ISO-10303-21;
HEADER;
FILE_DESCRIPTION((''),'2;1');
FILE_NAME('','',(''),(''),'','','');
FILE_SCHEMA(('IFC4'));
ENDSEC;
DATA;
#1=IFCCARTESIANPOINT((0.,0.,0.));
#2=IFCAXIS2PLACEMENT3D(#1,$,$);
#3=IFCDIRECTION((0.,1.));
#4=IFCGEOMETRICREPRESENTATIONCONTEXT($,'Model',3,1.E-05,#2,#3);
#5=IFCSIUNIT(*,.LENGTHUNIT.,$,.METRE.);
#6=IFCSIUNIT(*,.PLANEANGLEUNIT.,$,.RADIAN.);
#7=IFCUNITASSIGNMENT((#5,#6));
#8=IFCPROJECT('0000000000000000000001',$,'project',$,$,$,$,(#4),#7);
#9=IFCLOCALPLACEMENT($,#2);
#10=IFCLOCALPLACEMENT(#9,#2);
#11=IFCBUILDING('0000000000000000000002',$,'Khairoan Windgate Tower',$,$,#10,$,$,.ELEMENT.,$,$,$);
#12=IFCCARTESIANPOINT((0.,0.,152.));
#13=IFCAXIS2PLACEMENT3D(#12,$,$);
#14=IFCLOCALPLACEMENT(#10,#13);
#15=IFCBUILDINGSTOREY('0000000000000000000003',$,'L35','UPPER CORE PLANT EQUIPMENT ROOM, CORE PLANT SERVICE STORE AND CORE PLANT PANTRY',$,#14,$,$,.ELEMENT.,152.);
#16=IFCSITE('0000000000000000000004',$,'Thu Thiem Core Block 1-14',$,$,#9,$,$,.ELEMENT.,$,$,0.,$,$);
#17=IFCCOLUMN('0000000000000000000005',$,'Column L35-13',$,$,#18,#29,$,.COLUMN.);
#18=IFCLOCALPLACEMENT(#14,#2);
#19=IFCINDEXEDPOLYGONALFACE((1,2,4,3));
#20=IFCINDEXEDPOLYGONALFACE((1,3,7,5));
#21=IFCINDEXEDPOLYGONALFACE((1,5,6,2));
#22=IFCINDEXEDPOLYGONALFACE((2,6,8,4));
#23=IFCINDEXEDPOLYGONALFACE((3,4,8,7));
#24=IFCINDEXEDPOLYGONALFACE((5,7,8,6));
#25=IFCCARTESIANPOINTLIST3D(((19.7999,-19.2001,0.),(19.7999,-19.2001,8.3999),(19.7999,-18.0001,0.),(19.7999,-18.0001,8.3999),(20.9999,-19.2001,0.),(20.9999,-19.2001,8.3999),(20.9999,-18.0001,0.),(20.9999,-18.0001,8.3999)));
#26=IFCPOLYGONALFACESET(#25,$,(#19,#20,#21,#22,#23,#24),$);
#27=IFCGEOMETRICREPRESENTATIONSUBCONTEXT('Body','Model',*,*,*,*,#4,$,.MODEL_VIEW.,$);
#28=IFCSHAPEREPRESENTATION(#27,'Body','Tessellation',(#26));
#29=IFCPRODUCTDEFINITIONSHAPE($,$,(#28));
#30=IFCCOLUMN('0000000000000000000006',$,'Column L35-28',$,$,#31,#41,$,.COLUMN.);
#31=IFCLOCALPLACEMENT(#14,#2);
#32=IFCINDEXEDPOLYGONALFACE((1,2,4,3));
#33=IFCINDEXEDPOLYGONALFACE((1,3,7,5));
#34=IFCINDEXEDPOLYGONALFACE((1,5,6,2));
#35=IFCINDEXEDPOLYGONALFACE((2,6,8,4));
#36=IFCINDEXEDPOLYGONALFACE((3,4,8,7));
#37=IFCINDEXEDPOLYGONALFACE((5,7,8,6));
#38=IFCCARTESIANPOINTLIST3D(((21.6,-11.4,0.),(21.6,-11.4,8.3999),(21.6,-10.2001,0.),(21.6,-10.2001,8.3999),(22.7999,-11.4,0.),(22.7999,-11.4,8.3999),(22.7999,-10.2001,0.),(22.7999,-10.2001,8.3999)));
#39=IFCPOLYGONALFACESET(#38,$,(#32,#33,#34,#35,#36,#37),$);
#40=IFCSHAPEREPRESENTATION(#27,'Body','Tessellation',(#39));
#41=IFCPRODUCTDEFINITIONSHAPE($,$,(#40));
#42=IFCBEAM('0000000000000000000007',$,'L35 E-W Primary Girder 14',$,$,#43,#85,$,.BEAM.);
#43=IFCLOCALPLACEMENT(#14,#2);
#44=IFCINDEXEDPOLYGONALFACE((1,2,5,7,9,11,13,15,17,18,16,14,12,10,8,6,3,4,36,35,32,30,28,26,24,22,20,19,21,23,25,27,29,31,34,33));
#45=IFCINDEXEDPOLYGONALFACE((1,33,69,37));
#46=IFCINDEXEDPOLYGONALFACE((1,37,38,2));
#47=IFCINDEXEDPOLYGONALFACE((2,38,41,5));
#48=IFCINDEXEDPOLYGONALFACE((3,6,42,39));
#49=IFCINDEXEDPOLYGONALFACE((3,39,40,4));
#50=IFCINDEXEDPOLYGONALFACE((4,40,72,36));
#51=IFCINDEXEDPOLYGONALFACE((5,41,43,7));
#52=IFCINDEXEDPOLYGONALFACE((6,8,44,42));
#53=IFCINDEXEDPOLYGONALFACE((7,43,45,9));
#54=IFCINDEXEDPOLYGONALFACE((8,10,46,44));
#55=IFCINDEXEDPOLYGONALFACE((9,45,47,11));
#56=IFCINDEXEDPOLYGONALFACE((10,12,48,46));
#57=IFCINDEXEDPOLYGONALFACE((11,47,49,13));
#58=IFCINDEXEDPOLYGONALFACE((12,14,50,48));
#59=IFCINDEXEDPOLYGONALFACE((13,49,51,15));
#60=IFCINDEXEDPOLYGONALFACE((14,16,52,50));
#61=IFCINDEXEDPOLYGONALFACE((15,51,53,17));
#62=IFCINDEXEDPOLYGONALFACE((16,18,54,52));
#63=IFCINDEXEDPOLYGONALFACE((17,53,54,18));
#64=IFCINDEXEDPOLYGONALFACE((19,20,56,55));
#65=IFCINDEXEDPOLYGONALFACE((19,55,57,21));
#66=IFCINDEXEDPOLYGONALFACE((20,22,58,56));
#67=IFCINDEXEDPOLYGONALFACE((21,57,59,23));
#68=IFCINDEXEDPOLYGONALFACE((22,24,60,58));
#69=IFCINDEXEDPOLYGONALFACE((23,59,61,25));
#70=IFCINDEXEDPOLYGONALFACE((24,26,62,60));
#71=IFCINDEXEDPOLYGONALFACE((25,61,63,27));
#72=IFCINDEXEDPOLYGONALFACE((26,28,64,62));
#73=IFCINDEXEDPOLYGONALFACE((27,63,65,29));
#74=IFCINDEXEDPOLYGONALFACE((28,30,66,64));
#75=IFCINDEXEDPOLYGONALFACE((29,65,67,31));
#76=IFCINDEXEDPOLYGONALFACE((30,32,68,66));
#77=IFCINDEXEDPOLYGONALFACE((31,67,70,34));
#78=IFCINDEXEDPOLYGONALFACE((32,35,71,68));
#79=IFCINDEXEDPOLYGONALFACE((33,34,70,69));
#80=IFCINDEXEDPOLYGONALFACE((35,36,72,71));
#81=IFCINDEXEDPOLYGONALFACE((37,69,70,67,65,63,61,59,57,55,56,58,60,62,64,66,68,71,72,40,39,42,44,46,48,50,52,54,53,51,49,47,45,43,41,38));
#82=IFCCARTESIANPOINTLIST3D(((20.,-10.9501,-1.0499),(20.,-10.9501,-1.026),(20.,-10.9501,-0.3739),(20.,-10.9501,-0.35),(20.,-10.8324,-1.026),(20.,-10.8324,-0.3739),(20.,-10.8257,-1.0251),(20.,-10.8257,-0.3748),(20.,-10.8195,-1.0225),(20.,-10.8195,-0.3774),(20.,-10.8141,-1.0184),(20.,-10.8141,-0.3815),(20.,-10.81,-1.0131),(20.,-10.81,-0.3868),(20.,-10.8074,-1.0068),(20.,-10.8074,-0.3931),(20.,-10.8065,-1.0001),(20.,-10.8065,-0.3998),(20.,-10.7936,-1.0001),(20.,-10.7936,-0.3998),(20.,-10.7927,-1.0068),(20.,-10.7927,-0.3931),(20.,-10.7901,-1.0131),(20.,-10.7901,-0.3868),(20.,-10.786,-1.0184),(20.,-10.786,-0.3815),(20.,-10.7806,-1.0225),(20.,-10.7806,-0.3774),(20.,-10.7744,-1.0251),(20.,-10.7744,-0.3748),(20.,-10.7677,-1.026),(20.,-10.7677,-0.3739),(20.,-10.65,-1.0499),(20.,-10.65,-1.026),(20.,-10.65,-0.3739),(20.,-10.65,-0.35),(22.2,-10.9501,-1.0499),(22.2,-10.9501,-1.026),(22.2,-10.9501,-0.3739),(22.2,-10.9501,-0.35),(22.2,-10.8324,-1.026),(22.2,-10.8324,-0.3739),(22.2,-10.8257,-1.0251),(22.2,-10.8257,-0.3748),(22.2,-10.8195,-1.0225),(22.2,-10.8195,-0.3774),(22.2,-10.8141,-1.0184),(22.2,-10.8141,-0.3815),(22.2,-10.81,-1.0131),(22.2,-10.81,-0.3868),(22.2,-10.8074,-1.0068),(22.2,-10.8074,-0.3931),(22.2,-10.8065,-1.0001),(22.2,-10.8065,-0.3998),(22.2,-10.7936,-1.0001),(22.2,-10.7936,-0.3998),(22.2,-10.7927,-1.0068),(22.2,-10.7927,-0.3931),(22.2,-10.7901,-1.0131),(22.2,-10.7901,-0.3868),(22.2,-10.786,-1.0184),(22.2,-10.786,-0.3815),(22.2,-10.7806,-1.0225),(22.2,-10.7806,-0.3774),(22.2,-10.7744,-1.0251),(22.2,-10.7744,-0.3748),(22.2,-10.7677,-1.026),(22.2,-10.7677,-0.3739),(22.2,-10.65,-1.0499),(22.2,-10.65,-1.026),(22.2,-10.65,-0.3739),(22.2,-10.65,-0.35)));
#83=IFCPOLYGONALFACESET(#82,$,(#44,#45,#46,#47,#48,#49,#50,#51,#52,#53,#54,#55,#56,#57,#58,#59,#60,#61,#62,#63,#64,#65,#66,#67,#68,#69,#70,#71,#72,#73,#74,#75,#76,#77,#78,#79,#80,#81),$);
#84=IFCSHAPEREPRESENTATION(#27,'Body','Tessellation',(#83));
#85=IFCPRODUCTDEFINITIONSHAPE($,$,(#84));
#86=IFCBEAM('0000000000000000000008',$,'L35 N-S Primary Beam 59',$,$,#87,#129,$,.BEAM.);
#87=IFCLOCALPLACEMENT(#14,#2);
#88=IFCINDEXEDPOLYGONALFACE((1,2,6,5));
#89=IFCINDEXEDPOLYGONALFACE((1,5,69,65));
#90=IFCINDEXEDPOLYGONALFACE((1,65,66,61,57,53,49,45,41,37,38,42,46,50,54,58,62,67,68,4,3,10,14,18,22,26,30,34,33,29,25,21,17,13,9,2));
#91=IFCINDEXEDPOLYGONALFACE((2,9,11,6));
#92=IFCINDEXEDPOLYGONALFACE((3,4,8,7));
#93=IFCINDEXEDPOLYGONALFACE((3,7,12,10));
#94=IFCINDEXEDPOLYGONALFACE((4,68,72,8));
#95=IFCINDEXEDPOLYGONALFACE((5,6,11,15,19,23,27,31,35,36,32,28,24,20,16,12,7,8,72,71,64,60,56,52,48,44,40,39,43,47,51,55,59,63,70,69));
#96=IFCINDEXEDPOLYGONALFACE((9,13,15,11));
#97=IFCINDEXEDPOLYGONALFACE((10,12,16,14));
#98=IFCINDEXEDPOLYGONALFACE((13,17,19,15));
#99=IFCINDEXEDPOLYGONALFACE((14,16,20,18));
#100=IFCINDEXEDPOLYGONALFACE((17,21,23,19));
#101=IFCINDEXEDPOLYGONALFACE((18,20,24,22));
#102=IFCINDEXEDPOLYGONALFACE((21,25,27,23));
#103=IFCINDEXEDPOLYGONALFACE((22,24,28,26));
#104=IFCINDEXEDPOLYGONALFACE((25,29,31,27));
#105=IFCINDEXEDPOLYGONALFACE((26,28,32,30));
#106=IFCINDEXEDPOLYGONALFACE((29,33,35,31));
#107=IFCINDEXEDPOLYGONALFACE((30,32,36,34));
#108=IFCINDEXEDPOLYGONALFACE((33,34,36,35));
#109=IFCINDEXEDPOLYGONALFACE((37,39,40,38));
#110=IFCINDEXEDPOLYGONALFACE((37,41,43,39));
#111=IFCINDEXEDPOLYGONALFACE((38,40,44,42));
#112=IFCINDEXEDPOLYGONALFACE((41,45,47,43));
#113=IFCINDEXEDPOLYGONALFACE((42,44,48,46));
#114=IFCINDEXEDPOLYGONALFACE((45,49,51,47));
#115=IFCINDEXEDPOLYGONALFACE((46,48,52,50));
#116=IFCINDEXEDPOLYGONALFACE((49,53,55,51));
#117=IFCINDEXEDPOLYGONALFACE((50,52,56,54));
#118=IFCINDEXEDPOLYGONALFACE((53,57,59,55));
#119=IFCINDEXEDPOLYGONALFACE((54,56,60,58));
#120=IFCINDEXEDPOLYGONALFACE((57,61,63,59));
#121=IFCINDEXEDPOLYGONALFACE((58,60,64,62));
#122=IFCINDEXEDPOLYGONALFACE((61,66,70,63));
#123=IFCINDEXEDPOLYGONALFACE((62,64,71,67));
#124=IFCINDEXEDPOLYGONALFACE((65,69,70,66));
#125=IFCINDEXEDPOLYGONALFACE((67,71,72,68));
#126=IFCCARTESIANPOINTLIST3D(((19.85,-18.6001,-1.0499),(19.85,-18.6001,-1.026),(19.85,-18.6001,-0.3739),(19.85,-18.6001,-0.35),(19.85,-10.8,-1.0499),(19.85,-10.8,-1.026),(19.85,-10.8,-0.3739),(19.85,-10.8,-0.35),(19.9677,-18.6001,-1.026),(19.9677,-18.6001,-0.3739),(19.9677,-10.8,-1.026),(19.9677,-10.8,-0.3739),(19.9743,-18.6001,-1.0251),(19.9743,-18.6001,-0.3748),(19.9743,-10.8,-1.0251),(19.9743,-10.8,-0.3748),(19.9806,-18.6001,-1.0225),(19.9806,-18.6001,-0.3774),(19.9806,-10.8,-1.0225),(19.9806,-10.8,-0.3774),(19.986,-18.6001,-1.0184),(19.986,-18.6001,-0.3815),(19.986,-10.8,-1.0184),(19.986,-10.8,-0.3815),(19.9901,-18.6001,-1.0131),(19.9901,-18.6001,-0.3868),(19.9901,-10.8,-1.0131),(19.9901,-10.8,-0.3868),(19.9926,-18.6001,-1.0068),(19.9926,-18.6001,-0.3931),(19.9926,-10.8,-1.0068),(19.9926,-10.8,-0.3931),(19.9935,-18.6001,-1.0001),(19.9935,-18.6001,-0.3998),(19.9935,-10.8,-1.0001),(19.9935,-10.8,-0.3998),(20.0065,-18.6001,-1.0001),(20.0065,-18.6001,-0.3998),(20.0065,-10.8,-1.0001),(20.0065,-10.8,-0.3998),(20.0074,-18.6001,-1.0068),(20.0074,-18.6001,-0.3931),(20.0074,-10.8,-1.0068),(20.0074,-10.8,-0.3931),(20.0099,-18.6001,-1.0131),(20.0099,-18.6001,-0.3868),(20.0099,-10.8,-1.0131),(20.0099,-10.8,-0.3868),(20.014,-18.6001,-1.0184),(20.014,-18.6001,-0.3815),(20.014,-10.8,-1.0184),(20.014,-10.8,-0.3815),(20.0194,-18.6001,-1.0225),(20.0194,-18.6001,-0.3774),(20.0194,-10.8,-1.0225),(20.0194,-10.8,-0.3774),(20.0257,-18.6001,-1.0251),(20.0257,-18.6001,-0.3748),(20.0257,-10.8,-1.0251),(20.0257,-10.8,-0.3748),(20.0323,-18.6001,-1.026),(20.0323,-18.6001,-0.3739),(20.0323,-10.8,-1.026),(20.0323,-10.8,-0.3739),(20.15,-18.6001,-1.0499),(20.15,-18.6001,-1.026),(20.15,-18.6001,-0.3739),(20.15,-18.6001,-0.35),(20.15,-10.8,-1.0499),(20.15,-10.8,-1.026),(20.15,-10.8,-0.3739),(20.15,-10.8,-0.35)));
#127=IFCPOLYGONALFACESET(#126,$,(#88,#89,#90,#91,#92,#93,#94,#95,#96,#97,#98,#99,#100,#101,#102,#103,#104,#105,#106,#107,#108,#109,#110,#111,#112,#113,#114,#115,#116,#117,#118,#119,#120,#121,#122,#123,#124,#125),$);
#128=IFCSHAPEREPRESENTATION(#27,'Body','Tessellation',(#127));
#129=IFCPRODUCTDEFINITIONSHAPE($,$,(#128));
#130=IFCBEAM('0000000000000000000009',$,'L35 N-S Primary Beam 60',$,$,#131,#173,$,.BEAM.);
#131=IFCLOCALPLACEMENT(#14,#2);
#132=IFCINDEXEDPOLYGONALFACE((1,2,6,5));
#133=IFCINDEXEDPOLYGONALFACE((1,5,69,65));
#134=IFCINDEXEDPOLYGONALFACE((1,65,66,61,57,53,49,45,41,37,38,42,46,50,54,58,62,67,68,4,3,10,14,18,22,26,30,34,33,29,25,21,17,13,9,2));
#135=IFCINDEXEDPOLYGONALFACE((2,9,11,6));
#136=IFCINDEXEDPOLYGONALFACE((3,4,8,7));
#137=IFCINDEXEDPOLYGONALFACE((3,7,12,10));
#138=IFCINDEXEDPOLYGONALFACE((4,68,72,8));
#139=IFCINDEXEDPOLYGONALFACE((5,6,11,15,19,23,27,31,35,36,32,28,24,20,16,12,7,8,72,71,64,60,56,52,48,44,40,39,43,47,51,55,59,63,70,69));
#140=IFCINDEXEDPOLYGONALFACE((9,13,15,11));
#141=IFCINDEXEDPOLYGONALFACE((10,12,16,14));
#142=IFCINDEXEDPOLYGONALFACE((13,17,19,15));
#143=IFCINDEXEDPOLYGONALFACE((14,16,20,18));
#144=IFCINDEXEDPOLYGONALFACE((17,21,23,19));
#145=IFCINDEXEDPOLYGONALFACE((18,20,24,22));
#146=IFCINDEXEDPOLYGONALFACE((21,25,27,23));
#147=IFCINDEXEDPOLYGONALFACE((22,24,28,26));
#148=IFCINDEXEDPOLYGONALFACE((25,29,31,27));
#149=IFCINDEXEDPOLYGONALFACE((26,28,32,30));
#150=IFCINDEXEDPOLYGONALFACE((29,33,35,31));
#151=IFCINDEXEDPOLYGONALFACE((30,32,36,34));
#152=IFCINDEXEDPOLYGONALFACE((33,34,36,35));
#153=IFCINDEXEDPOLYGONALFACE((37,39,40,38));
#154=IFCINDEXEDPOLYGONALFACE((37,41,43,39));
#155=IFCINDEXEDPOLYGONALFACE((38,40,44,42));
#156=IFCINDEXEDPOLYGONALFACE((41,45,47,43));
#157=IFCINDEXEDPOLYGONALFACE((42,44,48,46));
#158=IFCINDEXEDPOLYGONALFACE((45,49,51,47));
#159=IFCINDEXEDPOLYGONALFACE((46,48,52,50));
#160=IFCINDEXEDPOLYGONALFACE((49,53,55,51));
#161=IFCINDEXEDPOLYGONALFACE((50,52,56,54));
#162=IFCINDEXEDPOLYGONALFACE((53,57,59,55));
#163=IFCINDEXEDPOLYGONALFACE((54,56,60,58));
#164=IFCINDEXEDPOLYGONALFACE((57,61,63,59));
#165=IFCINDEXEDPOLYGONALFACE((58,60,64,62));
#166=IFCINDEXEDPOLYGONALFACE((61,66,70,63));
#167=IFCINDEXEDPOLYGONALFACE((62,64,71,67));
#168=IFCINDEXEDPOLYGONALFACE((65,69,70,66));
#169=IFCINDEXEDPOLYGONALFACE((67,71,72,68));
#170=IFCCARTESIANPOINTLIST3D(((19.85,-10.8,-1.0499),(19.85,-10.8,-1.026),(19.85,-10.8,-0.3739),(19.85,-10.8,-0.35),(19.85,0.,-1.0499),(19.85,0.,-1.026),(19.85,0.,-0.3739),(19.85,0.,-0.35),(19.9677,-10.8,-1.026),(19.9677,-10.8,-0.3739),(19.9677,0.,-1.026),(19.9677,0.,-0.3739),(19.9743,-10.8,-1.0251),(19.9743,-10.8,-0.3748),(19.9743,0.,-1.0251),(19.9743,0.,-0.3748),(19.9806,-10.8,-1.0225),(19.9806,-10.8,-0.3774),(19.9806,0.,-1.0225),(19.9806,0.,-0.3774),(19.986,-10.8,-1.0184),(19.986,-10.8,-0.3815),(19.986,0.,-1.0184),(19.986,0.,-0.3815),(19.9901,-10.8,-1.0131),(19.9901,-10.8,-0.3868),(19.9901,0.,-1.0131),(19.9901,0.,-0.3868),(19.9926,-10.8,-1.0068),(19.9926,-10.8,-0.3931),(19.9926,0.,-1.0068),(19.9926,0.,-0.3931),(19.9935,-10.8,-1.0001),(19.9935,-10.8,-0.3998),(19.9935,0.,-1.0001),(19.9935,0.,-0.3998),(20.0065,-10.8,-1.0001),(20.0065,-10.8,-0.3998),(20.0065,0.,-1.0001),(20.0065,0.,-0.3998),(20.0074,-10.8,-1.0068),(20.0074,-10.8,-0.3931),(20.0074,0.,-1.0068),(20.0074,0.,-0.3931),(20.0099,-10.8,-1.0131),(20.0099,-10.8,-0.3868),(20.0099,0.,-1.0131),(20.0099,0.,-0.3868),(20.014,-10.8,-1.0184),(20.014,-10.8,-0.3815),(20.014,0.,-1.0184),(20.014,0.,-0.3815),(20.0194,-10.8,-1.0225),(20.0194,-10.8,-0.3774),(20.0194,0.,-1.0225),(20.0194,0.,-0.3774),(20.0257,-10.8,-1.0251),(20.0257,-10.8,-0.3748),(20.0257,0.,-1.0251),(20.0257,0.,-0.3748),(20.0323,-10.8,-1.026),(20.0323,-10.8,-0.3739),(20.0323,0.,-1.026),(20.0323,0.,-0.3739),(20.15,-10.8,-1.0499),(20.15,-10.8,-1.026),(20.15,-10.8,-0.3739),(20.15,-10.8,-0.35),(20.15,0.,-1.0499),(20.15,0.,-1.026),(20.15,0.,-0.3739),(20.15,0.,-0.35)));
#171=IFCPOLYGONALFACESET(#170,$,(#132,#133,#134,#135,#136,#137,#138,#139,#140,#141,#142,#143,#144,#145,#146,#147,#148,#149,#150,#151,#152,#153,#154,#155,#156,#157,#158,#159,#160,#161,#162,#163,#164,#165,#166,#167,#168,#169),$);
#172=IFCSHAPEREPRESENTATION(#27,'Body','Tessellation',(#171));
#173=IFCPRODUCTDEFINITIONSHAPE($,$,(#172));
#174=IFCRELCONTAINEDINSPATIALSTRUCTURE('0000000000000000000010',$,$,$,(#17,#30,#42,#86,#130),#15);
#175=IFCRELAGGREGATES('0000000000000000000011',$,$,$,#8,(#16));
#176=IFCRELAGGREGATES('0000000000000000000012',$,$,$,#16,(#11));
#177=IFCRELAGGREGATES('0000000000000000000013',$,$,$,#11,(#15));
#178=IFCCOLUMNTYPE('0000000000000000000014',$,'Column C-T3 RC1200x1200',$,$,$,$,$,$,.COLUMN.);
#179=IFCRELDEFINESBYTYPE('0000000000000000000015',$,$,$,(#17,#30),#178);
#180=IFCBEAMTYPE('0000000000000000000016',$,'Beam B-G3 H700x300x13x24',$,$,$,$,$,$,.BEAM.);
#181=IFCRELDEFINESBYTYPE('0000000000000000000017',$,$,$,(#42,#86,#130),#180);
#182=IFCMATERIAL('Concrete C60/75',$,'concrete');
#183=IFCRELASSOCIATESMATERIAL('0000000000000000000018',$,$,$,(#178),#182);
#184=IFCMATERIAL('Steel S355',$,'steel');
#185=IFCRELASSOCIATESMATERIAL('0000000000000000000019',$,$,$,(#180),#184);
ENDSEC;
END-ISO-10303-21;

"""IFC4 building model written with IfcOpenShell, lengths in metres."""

from ifc_helpers import new_model, si_unit, direction, frame, origin, origin_2d, place, context, subcontext, project, spatial, rectangle, i_section, extrude, material, material_profile, profile_set, type_object, element, save


model = new_model("IFC4")

# Units and contexts
model_context = context("Model", 3, precision=1e-05, world=origin(), true_north=direction((0.0, 1.0)))
body_context = subcontext(model_context, "Body", "Model", "MODEL_VIEW")
ifc_project = project(units=[si_unit("LENGTHUNIT", "METRE"), si_unit("PLANEANGLEUNIT", "RADIAN")], contexts=[model_context])

# Site, building, storey
site_placement = place(None, origin())
site = spatial("IfcSite", under=ifc_project, at=site_placement, Name="Thu Thiem Core Block 1-14", CompositionType="ELEMENT", RefElevation=0.0)
building_placement = place(site_placement, origin())
building = spatial("IfcBuilding", under=site, at=building_placement, Name="Khairoan Windgate Tower", CompositionType="ELEMENT")
storey_placement = place(building_placement, frame((0.0, 0.0, 152.0)))
storey = spatial("IfcBuildingStorey", under=building, at=storey_placement, Name="L35", Description="UPPER CORE PLANT EQUIPMENT ROOM, CORE PLANT SERVICE STORE AND CORE PLANT PANTRY", CompositionType="ELEMENT", Elevation=152.0)

# Columns
ifc_material_1 = material(Name="Concrete C60/75", Category="concrete")
ifc_material_profile_1 = material_profile(ifc_material_1, rectangle(XDim=1.2, YDim=1.2, at=origin_2d()))
ifc_profile_set_1 = profile_set([ifc_material_profile_1], Name="Concrete C60/75")
column_type = type_object("IfcColumnType", Name="Column C-T3 RC1200x1200", PredefinedType="COLUMN", material=ifc_profile_set_1)
for number, where, z_axis, x_axis, name in (
    (1, (20.3999, -18.6001, 0.0), (0.0, 0.0, 1.0), (1.0, 0.0, 0.0), "Column L35-13"),
    (2, (22.2, -10.8, 0.0), (0.0, 0.0, 1.0), (1.0, 0.0, 0.0), "Column L35-28"),
):
    element("IfcColumn", number, at=place(storey_placement, frame(where, z_axis=z_axis, x_axis=x_axis)), inside=storey, type_object=column_type, Name=name, PredefinedType="COLUMN", context=body_context, shape_type="SweptSolid", body=[
        extrude(rectangle(XDim=1.2, YDim=1.2, at=origin_2d()), origin(), (0.0, 0.0, 1.0), 8.3999),
    ])

# Beams
ifc_material_2 = material(Name="Steel S355", Category="steel")
ifc_material_profile_2 = material_profile(ifc_material_2, i_section(OverallWidth=0.3, OverallDepth=0.7, WebThickness=0.0129, FlangeThickness=0.0239, FilletRadius=0.0259, at=origin_2d()))
ifc_profile_set_2 = profile_set([ifc_material_profile_2], Name="Steel S355")
beam_type_1 = type_object("IfcBeamType", Name="Beam B-G3 H700x300x13x24", PredefinedType="BEAM", material=ifc_profile_set_2)
beam_1_placement = place(storey_placement, frame((20.0, -10.8, -0.7), z_axis=(1.0, 0.0, 0.0), x_axis=(0.0, 1.0, 0.0)))
element("IfcBeam", 3, at=beam_1_placement, inside=storey, type_object=beam_type_1, Name="L35 E-W Primary Girder 14", PredefinedType="BEAM", context=body_context, shape_type="SweptSolid", body=[
    extrude(i_section(OverallWidth=0.3, OverallDepth=0.7, WebThickness=0.0129, FlangeThickness=0.0239, FilletRadius=0.0259, at=origin_2d()), origin(), (0.0, 0.0, 1.0), 2.2),
])
beam_2_placement = place(storey_placement, frame((20.0, -18.6001, -0.7), z_axis=(0.0, 1.0, 0.0), x_axis=(-1.0, 0.0, 0.0)))
element("IfcBeam", 4, at=beam_2_placement, inside=storey, type_object=beam_type_1, Name="L35 N-S Primary Beam 59", PredefinedType="BEAM", context=body_context, shape_type="SweptSolid", body=[
    extrude(i_section(OverallWidth=0.3, OverallDepth=0.7, WebThickness=0.0129, FlangeThickness=0.0239, FilletRadius=0.0259, at=origin_2d()), origin(), (0.0, 0.0, 1.0), 7.8),
])
beam_3_placement = place(storey_placement, frame((20.0, -10.8, -0.7), z_axis=(0.0, 1.0, 0.0), x_axis=(-1.0, 0.0, 0.0)))
element("IfcBeam", 5, at=beam_3_placement, inside=storey, type_object=beam_type_1, Name="L35 N-S Primary Beam 60", PredefinedType="BEAM", context=body_context, shape_type="SweptSolid", body=[
    extrude(i_section(OverallWidth=0.3, OverallDepth=0.7, WebThickness=0.0129, FlangeThickness=0.0239, FilletRadius=0.0259, at=origin_2d()), origin(), (0.0, 0.0, 1.0), 10.8),
])

save(model, "model.ifc")
